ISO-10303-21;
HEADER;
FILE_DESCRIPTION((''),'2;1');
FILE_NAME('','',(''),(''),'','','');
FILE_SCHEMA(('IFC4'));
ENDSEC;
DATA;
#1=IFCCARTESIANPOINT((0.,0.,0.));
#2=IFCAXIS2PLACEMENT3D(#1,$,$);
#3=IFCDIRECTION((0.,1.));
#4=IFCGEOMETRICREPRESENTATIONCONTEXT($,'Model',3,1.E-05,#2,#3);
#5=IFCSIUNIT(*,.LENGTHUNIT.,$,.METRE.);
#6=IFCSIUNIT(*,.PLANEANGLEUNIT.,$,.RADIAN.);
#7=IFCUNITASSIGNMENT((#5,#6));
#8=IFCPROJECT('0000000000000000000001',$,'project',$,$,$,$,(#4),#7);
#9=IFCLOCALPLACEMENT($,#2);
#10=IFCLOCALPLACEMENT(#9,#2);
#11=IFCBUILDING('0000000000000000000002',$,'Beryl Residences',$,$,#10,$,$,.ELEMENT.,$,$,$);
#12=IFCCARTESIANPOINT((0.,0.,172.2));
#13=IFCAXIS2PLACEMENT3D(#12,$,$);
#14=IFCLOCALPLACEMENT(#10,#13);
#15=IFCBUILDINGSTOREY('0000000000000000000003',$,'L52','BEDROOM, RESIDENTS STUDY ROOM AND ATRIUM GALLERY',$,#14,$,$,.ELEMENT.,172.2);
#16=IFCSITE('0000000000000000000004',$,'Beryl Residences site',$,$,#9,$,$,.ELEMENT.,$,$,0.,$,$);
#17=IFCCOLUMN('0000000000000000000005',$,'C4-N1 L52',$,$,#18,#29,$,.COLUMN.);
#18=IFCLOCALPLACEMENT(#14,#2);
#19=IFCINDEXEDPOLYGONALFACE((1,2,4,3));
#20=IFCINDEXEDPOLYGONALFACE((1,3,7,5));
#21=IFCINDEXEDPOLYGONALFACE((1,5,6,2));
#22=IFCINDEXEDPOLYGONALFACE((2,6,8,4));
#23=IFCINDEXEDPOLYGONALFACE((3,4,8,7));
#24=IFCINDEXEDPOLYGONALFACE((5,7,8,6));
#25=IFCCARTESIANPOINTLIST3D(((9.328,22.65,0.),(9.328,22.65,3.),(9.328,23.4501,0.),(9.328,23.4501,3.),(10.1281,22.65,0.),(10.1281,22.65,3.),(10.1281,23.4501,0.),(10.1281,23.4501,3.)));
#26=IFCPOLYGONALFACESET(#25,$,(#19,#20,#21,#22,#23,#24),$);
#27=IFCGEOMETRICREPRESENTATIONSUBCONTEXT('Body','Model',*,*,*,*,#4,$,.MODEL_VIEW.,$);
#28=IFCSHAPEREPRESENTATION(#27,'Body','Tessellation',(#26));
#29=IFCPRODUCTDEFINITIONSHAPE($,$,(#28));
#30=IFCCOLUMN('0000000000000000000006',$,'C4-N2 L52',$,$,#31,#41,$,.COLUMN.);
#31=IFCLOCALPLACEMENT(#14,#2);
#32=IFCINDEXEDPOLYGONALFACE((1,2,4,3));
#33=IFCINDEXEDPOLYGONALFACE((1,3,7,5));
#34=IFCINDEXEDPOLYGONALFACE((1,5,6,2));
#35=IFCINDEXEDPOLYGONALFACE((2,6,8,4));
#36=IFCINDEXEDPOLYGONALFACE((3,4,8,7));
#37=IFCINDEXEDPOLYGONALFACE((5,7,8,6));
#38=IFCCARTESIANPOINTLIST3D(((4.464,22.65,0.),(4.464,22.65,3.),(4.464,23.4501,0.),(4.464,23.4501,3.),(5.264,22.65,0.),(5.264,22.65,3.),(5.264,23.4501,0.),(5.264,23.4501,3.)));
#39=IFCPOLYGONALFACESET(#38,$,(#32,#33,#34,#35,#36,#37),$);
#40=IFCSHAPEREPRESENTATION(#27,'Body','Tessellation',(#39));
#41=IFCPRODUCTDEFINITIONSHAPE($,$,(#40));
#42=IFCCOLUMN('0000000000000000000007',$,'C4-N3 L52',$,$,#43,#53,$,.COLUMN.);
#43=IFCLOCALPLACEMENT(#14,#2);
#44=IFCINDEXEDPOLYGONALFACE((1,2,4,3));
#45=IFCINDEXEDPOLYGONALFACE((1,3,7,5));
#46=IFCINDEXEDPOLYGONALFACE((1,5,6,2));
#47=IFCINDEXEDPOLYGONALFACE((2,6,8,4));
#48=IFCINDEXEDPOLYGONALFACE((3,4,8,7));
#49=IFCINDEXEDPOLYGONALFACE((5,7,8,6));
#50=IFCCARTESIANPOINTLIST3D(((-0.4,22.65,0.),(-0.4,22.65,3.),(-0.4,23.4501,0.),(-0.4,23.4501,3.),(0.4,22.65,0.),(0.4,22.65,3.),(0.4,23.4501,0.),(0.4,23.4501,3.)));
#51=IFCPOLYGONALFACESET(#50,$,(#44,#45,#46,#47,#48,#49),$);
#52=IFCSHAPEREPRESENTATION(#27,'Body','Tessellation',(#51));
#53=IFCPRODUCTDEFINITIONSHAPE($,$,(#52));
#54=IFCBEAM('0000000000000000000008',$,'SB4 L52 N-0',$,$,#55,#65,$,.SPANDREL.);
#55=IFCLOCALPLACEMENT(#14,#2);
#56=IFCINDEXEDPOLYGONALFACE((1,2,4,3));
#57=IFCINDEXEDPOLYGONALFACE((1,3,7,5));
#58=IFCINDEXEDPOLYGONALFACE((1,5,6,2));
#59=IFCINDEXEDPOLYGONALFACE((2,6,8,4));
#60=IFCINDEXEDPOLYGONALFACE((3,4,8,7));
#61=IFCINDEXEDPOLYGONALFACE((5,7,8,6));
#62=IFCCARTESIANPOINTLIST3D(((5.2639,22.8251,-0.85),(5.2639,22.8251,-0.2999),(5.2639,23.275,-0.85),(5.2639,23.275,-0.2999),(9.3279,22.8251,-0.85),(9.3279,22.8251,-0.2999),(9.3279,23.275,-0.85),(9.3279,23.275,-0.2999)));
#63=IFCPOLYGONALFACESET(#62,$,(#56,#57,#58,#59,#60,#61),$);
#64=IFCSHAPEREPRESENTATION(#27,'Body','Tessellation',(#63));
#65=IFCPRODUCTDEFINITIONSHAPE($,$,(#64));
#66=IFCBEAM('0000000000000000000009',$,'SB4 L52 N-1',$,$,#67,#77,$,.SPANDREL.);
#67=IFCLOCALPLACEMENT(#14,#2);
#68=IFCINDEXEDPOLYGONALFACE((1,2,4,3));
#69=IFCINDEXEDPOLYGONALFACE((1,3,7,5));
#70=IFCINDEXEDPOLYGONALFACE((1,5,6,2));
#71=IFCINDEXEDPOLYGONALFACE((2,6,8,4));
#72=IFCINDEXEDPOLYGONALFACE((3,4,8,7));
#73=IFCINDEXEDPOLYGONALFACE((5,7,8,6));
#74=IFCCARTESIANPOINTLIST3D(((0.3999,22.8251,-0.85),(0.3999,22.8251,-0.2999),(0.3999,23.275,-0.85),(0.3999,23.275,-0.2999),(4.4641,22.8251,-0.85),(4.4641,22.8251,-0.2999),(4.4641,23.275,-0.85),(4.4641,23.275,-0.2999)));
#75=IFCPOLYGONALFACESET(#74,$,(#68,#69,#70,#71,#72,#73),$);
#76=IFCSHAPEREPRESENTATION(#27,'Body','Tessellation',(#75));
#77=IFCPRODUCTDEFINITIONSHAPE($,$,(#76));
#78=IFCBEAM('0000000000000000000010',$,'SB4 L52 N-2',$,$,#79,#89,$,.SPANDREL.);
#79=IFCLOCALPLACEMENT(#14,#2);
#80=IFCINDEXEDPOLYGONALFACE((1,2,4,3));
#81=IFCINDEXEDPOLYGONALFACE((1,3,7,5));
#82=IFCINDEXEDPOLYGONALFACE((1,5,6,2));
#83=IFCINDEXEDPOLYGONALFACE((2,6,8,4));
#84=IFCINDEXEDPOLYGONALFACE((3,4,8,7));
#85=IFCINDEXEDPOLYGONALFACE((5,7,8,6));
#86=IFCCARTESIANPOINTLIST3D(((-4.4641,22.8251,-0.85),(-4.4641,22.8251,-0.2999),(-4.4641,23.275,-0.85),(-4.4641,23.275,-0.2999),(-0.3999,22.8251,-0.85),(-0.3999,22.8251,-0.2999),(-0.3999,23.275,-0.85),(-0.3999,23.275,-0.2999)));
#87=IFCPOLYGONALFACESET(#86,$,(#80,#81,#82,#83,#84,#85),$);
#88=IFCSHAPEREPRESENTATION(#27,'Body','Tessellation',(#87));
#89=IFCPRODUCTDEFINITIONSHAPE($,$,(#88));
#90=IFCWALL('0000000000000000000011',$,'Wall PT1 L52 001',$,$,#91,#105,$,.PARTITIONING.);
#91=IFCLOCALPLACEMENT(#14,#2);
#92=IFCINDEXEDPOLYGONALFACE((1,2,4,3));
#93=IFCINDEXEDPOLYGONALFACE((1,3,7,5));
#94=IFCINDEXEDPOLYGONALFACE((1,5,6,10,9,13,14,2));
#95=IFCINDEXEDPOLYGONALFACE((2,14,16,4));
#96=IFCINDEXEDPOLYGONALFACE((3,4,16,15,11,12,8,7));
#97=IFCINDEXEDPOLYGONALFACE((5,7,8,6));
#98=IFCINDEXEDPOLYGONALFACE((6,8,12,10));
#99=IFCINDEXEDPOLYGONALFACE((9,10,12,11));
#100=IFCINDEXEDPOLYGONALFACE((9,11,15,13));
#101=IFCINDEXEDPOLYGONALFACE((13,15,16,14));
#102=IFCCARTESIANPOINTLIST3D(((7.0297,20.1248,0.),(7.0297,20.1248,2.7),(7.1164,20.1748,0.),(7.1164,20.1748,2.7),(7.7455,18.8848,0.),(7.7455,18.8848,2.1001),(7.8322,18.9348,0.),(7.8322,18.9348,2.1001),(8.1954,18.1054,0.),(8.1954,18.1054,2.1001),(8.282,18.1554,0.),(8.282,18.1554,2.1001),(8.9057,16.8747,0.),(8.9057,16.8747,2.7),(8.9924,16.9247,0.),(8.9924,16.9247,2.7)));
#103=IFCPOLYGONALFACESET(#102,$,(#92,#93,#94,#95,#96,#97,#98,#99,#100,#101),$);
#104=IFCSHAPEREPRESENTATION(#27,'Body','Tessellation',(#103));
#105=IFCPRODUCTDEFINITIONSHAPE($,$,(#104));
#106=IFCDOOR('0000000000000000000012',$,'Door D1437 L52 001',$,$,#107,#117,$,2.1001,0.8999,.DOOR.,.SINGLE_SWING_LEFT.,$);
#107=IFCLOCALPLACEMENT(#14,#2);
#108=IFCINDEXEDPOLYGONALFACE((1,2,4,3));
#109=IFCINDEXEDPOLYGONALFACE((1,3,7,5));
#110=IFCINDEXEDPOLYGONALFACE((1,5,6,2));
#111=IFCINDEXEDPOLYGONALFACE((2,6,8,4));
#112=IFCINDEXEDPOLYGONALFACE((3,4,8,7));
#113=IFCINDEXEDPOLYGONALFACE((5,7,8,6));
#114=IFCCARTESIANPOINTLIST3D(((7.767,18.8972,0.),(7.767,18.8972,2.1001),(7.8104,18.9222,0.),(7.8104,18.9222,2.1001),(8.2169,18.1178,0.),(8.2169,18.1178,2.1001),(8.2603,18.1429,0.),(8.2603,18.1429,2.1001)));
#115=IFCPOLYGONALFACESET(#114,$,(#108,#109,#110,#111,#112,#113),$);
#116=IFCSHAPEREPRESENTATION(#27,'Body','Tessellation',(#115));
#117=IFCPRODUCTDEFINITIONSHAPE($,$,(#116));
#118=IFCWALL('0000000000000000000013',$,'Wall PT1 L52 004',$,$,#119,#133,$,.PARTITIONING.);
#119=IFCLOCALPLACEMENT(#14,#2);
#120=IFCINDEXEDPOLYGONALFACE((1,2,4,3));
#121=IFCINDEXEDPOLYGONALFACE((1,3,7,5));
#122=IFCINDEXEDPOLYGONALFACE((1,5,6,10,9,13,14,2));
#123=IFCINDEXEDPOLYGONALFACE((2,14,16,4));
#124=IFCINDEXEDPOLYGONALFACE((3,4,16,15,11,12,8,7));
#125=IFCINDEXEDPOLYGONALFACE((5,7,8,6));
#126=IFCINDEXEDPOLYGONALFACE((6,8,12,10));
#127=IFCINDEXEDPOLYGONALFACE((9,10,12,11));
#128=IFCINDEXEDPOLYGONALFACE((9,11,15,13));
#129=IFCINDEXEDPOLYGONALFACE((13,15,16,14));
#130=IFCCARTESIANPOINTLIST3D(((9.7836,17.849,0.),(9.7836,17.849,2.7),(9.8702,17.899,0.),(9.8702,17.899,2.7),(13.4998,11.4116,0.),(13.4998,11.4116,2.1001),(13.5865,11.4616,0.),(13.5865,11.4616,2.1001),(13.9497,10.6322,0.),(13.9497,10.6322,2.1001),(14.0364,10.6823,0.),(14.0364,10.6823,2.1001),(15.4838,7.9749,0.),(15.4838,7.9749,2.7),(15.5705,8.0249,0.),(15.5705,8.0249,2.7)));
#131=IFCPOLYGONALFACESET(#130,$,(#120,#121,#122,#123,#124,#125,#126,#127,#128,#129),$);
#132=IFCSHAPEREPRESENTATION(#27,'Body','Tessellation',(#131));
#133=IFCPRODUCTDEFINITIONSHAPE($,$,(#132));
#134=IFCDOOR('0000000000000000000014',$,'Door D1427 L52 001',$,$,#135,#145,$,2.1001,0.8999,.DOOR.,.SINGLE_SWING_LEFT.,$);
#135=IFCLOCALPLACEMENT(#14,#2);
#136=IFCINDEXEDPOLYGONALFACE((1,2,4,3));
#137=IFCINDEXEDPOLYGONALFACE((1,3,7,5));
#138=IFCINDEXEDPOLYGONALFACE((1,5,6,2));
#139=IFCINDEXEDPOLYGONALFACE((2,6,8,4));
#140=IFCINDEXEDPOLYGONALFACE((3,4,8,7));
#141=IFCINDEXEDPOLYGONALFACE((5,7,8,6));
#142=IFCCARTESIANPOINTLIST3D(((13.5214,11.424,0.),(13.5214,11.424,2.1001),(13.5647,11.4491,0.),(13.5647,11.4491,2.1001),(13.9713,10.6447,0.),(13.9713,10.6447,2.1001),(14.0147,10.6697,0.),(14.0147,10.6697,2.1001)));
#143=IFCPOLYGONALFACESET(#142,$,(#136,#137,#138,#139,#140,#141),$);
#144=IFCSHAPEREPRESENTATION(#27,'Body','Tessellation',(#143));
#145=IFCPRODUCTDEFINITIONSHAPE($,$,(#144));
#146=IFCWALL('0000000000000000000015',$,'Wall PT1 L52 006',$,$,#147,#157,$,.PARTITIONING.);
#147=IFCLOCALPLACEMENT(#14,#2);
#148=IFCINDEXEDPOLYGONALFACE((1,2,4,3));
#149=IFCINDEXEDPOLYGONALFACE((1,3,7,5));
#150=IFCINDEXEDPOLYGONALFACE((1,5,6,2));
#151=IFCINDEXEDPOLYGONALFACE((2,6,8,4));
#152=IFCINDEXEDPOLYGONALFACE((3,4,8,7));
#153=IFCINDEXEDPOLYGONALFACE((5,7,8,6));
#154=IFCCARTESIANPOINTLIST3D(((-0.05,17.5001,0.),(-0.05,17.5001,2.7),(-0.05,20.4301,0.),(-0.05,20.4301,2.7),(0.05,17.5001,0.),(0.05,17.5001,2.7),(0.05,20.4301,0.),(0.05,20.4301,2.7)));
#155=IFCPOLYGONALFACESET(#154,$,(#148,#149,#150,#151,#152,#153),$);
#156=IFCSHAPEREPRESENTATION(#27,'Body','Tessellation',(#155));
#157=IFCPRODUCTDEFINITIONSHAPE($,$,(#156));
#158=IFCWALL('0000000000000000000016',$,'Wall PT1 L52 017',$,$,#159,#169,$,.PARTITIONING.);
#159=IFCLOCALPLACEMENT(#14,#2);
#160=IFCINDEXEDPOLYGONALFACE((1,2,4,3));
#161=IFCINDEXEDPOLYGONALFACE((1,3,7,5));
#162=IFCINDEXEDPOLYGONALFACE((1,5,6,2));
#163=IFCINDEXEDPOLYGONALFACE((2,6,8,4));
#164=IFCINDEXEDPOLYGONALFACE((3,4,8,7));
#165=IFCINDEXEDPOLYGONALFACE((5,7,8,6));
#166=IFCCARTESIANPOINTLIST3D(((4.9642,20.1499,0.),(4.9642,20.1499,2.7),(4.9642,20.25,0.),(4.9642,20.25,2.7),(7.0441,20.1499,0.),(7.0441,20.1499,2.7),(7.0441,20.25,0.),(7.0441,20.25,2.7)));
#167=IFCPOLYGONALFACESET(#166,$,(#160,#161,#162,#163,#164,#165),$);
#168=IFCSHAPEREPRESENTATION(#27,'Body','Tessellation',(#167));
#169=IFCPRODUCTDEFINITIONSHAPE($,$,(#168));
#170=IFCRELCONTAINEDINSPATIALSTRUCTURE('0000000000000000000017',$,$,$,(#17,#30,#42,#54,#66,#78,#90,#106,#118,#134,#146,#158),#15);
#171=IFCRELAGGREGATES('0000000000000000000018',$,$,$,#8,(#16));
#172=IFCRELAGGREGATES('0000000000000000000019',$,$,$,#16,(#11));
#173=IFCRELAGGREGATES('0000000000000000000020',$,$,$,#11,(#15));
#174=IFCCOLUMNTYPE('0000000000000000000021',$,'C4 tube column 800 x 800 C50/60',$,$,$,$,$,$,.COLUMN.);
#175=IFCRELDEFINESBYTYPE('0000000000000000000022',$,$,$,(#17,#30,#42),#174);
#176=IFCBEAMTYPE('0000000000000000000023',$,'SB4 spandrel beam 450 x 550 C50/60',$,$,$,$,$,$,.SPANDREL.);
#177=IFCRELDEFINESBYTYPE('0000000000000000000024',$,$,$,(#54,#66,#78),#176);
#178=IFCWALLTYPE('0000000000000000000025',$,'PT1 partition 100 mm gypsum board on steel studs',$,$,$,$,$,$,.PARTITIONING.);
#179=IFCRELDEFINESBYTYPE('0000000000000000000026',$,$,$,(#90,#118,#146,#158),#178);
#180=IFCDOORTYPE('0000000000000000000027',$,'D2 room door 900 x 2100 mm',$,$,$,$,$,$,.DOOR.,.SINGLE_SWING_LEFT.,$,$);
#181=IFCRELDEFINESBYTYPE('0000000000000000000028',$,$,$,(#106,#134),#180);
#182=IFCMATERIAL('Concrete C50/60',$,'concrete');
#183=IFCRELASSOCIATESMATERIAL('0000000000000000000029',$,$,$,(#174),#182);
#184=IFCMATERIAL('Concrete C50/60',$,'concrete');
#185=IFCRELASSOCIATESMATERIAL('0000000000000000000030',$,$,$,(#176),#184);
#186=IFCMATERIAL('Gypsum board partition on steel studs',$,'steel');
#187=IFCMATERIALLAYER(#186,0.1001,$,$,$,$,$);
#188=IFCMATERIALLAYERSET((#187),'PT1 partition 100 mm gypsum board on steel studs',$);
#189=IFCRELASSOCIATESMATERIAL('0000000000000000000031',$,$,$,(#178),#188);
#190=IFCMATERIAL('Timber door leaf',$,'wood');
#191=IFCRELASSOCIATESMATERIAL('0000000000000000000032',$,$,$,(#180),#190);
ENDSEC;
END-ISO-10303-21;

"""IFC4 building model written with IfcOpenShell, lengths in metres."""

from ifc_helpers import new_model, si_unit, direction, frame, frame_2d, origin, origin_2d, place, context, subcontext, project, spatial, rectangle, extrude, material, layer, layer_set, material_profile, profile_set, type_object, element, fill, save


model = new_model("IFC4")

# Units and contexts
model_context = context("Model", 3, precision=1e-05, world=origin(), true_north=direction((0.0, 1.0)))
body_context = subcontext(model_context, "Body", "Model", "MODEL_VIEW")
ifc_project = project(units=[si_unit("LENGTHUNIT", "METRE"), si_unit("PLANEANGLEUNIT", "RADIAN")], contexts=[model_context])

# Site, building, storey
site_placement = place(None, origin())
site = spatial("IfcSite", under=ifc_project, at=site_placement, Name="Beryl Residences site", CompositionType="ELEMENT", RefElevation=0.0)
building_placement = place(site_placement, origin())
building = spatial("IfcBuilding", under=site, at=building_placement, Name="Beryl Residences", CompositionType="ELEMENT")
storey_placement = place(building_placement, frame((0.0, 0.0, 172.2)))
storey = spatial("IfcBuildingStorey", under=building, at=storey_placement, Name="L52", Description="BEDROOM, RESIDENTS STUDY ROOM AND ATRIUM GALLERY", CompositionType="ELEMENT", Elevation=172.2)

# Columns
ifc_material_1 = material(Name="Concrete C50/60", Category="concrete")
ifc_material_profile_1 = material_profile(ifc_material_1, rectangle(XDim=0.8, YDim=0.8, at=origin_2d()))
ifc_profile_set_1 = profile_set([ifc_material_profile_1], Name="Concrete C50/60")
column_type = type_object("IfcColumnType", Name="C4 tube column 800 x 800 C50/60", PredefinedType="COLUMN", material=ifc_profile_set_1)
for number, where, z_axis, x_axis, name in (
    (1, (9.728, 23.05, 0.0), (0.0, 0.0, 1.0), (-1.0, 0.0, 0.0), "C4-N1 L52"),
    (2, (4.864, 23.05, 0.0), (0.0, 0.0, 1.0), (-1.0, 0.0, 0.0), "C4-N2 L52"),
    (3, (0.0, 23.05, 0.0), (0.0, 0.0, 1.0), (-1.0, 0.0, 0.0), "C4-N3 L52"),
):
    element("IfcColumn", number, at=place(storey_placement, frame(where, z_axis=z_axis, x_axis=x_axis)), inside=storey, type_object=column_type, Name=name, PredefinedType="COLUMN", context=body_context, shape_type="SweptSolid", body=[
        extrude(rectangle(XDim=0.8, YDim=0.8, at=origin_2d()), origin(), (0.0, 0.0, 1.0), 3.0),
    ])

# Beams
ifc_material_2 = material(Name="Concrete C50/60", Category="concrete")
ifc_material_profile_2 = material_profile(ifc_material_2, rectangle(XDim=0.45, YDim=0.55, at=origin_2d()))
ifc_profile_set_2 = profile_set([ifc_material_profile_2], Name="Concrete C50/60")
beam_type = type_object("IfcBeamType", Name="SB4 spandrel beam 450 x 550 C50/60", PredefinedType="SPANDREL", material=ifc_profile_set_2)
beam_placement = place(storey_placement, frame((9.3279, 23.05, -0.575), z_axis=(-1.0, 0.0, 0.0), x_axis=(0.0, -1.0, 0.0)))
element("IfcBeam", 4, at=beam_placement, inside=storey, type_object=beam_type, Name="SB4 L52 N-0", PredefinedType="SPANDREL", context=body_context, shape_type="SweptSolid", body=[
    extrude(rectangle(XDim=0.45, YDim=0.55, at=origin_2d()), origin(), (0.0, 0.0, 1.0), 4.064),
])
for number, where, z_axis, x_axis, name in (
    (5, (4.4641, 23.05, -0.575), (-1.0, 0.0, 0.0), (0.0, -1.0, 0.0), "SB4 L52 N-1"),
    (6, (-0.3999, 23.05, -0.575), (-1.0, 0.0, 0.0), (0.0, -1.0, 0.0), "SB4 L52 N-2"),
):
    element("IfcBeam", number, at=place(storey_placement, frame(where, z_axis=z_axis, x_axis=x_axis)), inside=storey, type_object=beam_type, Name=name, PredefinedType="SPANDREL", context=body_context, shape_type="SweptSolid", body=[
        extrude(rectangle(XDim=0.45, YDim=0.55, at=origin_2d()), origin(), (0.0, 0.0, 1.0), 4.0642),
    ])

# Walls, openings, doors
ifc_material_3 = material(Name="Gypsum board partition on steel studs", Category="steel")
ifc_layer_1 = layer(ifc_material_3, 0.1001)
ifc_layer_set_1 = layer_set([ifc_layer_1], Name="PT1 partition 100 mm gypsum board on steel studs")
wall_type_1 = type_object("IfcWallType", Name="PT1 partition 100 mm gypsum board on steel studs", PredefinedType="PARTITIONING", material=ifc_layer_set_1)
wall_1_placement = place(storey_placement, frame((7.073, 20.1499, 0.0), z_axis=(0.0, 0.0, 1.0), x_axis=(0.499918, -0.866073, 0.0)))
wall_1 = element("IfcWall", 7, at=wall_1_placement, inside=storey, type_object=wall_type_1, Name="Wall PT1 L52 001", PredefinedType="PARTITIONING", context=body_context, shape_type="SweptSolid", body=[
    extrude(rectangle(XDim=3.7527, YDim=0.1001, at=frame_2d((1.8765, 0.0))), origin(), (0.0, 0.0, 1.0), 2.7),
])
opening_1_placement = place(wall_1_placement, frame((1.4319, 0.0, 0.0)))
opening_1 = element("IfcOpeningElement", 8, at=opening_1_placement, cuts=wall_1, PredefinedType="OPENING", context=body_context, shape_type="SweptSolid", body=[
    extrude(rectangle(XDim=0.8999, YDim=2.1001, at=frame_2d((0.45, 1.05))), frame((0.0, 0.0601, 0.0), z_axis=(0.0, -1.0, 0.0), x_axis=(1.0, 0.0, 0.0)), (0.0, 0.0, 1.0), 0.1201),
])
ifc_material_4 = material(Name="Timber door leaf", Category="wood")
door_type_1 = type_object("IfcDoorType", Name="D2 room door 900 x 2100 mm", OperationType="SINGLE_SWING_LEFT", PredefinedType="DOOR", material=ifc_material_4)
door_1_placement = place(opening_1_placement, origin())
door_1 = element("IfcDoor", 9, at=door_1_placement, inside=storey, type_object=door_type_1, Name="Door D1437 L52 001", OperationType="SINGLE_SWING_LEFT", OverallHeight=2.1001, OverallWidth=0.8999, PredefinedType="DOOR", context=body_context, shape_type="SweptSolid", body=[
    extrude(rectangle(XDim=0.8999, YDim=2.1001, at=frame_2d((0.45, 1.05))), frame((0.0, 0.0249, 0.0), z_axis=(0.0, -1.0, 0.0), x_axis=(1.0, 0.0, 0.0)), (0.0, 0.0, 1.0), 0.05),
])
fill(opening_1, door_1)
wall_2_placement = place(storey_placement, frame((9.8269, 17.874, 0.0), z_axis=(0.0, 0.0, 1.0), x_axis=(0.499962, -0.866047, 0.0)))
wall_2 = element("IfcWall", 10, at=wall_2_placement, inside=storey, type_object=wall_type_1, Name="Wall PT1 L52 004", PredefinedType="PARTITIONING", context=body_context, shape_type="SweptSolid", body=[
    extrude(rectangle(XDim=11.4014, YDim=0.1001, at=frame_2d((5.7007, 0.0))), origin(), (0.0, 0.0, 1.0), 2.7),
])
opening_2_placement = place(wall_2_placement, frame((7.4331, 0.0, 0.0)))
opening_2 = element("IfcOpeningElement", 11, at=opening_2_placement, cuts=wall_2, PredefinedType="OPENING", context=body_context, shape_type="SweptSolid", body=[
    extrude(rectangle(XDim=0.8999, YDim=2.1001, at=frame_2d((0.45, 1.05))), frame((0.0, 0.0601, 0.0), z_axis=(0.0, -1.0, 0.0), x_axis=(1.0, 0.0, 0.0)), (0.0, 0.0, 1.0), 0.1201),
])
door_2_placement = place(opening_2_placement, origin())
door_2 = element("IfcDoor", 12, at=door_2_placement, inside=storey, type_object=door_type_1, Name="Door D1427 L52 001", OperationType="SINGLE_SWING_LEFT", OverallHeight=2.1001, OverallWidth=0.8999, PredefinedType="DOOR", context=body_context, shape_type="SweptSolid", body=[
    extrude(rectangle(XDim=0.8999, YDim=2.1001, at=frame_2d((0.45, 1.05))), frame((0.0, 0.0249, 0.0), z_axis=(0.0, -1.0, 0.0), x_axis=(1.0, 0.0, 0.0)), (0.0, 0.0, 1.0), 0.05),
])
fill(opening_2, door_2)

# Walls
wall_3_placement = place(storey_placement, frame((0.0, 20.4299, 0.0), z_axis=(0.0, 0.0, 1.0), x_axis=(0.0, -1.0, 0.0)))
element("IfcWall", 13, at=wall_3_placement, inside=storey, type_object=wall_type_1, Name="Wall PT1 L52 006", PredefinedType="PARTITIONING", context=body_context, shape_type="SweptSolid", body=[
    extrude(rectangle(XDim=2.9299, YDim=0.1001, at=frame_2d((1.4648, 0.0))), origin(), (0.0, 0.0, 1.0), 2.7),
])
wall_4_placement = place(storey_placement, frame((4.9641, 20.2, 0.0), z_axis=(0.0, 0.0, 1.0), x_axis=(1.0, 0.0, 0.0)))
element("IfcWall", 14, at=wall_4_placement, inside=storey, type_object=wall_type_1, Name="Wall PT1 L52 017", PredefinedType="PARTITIONING", context=body_context, shape_type="SweptSolid", body=[
    extrude(rectangle(XDim=2.0798, YDim=0.1001, at=frame_2d((1.04, 0.0))), origin(), (0.0, 0.0, 1.0), 2.7),
])

save(model, "model.ifc")
